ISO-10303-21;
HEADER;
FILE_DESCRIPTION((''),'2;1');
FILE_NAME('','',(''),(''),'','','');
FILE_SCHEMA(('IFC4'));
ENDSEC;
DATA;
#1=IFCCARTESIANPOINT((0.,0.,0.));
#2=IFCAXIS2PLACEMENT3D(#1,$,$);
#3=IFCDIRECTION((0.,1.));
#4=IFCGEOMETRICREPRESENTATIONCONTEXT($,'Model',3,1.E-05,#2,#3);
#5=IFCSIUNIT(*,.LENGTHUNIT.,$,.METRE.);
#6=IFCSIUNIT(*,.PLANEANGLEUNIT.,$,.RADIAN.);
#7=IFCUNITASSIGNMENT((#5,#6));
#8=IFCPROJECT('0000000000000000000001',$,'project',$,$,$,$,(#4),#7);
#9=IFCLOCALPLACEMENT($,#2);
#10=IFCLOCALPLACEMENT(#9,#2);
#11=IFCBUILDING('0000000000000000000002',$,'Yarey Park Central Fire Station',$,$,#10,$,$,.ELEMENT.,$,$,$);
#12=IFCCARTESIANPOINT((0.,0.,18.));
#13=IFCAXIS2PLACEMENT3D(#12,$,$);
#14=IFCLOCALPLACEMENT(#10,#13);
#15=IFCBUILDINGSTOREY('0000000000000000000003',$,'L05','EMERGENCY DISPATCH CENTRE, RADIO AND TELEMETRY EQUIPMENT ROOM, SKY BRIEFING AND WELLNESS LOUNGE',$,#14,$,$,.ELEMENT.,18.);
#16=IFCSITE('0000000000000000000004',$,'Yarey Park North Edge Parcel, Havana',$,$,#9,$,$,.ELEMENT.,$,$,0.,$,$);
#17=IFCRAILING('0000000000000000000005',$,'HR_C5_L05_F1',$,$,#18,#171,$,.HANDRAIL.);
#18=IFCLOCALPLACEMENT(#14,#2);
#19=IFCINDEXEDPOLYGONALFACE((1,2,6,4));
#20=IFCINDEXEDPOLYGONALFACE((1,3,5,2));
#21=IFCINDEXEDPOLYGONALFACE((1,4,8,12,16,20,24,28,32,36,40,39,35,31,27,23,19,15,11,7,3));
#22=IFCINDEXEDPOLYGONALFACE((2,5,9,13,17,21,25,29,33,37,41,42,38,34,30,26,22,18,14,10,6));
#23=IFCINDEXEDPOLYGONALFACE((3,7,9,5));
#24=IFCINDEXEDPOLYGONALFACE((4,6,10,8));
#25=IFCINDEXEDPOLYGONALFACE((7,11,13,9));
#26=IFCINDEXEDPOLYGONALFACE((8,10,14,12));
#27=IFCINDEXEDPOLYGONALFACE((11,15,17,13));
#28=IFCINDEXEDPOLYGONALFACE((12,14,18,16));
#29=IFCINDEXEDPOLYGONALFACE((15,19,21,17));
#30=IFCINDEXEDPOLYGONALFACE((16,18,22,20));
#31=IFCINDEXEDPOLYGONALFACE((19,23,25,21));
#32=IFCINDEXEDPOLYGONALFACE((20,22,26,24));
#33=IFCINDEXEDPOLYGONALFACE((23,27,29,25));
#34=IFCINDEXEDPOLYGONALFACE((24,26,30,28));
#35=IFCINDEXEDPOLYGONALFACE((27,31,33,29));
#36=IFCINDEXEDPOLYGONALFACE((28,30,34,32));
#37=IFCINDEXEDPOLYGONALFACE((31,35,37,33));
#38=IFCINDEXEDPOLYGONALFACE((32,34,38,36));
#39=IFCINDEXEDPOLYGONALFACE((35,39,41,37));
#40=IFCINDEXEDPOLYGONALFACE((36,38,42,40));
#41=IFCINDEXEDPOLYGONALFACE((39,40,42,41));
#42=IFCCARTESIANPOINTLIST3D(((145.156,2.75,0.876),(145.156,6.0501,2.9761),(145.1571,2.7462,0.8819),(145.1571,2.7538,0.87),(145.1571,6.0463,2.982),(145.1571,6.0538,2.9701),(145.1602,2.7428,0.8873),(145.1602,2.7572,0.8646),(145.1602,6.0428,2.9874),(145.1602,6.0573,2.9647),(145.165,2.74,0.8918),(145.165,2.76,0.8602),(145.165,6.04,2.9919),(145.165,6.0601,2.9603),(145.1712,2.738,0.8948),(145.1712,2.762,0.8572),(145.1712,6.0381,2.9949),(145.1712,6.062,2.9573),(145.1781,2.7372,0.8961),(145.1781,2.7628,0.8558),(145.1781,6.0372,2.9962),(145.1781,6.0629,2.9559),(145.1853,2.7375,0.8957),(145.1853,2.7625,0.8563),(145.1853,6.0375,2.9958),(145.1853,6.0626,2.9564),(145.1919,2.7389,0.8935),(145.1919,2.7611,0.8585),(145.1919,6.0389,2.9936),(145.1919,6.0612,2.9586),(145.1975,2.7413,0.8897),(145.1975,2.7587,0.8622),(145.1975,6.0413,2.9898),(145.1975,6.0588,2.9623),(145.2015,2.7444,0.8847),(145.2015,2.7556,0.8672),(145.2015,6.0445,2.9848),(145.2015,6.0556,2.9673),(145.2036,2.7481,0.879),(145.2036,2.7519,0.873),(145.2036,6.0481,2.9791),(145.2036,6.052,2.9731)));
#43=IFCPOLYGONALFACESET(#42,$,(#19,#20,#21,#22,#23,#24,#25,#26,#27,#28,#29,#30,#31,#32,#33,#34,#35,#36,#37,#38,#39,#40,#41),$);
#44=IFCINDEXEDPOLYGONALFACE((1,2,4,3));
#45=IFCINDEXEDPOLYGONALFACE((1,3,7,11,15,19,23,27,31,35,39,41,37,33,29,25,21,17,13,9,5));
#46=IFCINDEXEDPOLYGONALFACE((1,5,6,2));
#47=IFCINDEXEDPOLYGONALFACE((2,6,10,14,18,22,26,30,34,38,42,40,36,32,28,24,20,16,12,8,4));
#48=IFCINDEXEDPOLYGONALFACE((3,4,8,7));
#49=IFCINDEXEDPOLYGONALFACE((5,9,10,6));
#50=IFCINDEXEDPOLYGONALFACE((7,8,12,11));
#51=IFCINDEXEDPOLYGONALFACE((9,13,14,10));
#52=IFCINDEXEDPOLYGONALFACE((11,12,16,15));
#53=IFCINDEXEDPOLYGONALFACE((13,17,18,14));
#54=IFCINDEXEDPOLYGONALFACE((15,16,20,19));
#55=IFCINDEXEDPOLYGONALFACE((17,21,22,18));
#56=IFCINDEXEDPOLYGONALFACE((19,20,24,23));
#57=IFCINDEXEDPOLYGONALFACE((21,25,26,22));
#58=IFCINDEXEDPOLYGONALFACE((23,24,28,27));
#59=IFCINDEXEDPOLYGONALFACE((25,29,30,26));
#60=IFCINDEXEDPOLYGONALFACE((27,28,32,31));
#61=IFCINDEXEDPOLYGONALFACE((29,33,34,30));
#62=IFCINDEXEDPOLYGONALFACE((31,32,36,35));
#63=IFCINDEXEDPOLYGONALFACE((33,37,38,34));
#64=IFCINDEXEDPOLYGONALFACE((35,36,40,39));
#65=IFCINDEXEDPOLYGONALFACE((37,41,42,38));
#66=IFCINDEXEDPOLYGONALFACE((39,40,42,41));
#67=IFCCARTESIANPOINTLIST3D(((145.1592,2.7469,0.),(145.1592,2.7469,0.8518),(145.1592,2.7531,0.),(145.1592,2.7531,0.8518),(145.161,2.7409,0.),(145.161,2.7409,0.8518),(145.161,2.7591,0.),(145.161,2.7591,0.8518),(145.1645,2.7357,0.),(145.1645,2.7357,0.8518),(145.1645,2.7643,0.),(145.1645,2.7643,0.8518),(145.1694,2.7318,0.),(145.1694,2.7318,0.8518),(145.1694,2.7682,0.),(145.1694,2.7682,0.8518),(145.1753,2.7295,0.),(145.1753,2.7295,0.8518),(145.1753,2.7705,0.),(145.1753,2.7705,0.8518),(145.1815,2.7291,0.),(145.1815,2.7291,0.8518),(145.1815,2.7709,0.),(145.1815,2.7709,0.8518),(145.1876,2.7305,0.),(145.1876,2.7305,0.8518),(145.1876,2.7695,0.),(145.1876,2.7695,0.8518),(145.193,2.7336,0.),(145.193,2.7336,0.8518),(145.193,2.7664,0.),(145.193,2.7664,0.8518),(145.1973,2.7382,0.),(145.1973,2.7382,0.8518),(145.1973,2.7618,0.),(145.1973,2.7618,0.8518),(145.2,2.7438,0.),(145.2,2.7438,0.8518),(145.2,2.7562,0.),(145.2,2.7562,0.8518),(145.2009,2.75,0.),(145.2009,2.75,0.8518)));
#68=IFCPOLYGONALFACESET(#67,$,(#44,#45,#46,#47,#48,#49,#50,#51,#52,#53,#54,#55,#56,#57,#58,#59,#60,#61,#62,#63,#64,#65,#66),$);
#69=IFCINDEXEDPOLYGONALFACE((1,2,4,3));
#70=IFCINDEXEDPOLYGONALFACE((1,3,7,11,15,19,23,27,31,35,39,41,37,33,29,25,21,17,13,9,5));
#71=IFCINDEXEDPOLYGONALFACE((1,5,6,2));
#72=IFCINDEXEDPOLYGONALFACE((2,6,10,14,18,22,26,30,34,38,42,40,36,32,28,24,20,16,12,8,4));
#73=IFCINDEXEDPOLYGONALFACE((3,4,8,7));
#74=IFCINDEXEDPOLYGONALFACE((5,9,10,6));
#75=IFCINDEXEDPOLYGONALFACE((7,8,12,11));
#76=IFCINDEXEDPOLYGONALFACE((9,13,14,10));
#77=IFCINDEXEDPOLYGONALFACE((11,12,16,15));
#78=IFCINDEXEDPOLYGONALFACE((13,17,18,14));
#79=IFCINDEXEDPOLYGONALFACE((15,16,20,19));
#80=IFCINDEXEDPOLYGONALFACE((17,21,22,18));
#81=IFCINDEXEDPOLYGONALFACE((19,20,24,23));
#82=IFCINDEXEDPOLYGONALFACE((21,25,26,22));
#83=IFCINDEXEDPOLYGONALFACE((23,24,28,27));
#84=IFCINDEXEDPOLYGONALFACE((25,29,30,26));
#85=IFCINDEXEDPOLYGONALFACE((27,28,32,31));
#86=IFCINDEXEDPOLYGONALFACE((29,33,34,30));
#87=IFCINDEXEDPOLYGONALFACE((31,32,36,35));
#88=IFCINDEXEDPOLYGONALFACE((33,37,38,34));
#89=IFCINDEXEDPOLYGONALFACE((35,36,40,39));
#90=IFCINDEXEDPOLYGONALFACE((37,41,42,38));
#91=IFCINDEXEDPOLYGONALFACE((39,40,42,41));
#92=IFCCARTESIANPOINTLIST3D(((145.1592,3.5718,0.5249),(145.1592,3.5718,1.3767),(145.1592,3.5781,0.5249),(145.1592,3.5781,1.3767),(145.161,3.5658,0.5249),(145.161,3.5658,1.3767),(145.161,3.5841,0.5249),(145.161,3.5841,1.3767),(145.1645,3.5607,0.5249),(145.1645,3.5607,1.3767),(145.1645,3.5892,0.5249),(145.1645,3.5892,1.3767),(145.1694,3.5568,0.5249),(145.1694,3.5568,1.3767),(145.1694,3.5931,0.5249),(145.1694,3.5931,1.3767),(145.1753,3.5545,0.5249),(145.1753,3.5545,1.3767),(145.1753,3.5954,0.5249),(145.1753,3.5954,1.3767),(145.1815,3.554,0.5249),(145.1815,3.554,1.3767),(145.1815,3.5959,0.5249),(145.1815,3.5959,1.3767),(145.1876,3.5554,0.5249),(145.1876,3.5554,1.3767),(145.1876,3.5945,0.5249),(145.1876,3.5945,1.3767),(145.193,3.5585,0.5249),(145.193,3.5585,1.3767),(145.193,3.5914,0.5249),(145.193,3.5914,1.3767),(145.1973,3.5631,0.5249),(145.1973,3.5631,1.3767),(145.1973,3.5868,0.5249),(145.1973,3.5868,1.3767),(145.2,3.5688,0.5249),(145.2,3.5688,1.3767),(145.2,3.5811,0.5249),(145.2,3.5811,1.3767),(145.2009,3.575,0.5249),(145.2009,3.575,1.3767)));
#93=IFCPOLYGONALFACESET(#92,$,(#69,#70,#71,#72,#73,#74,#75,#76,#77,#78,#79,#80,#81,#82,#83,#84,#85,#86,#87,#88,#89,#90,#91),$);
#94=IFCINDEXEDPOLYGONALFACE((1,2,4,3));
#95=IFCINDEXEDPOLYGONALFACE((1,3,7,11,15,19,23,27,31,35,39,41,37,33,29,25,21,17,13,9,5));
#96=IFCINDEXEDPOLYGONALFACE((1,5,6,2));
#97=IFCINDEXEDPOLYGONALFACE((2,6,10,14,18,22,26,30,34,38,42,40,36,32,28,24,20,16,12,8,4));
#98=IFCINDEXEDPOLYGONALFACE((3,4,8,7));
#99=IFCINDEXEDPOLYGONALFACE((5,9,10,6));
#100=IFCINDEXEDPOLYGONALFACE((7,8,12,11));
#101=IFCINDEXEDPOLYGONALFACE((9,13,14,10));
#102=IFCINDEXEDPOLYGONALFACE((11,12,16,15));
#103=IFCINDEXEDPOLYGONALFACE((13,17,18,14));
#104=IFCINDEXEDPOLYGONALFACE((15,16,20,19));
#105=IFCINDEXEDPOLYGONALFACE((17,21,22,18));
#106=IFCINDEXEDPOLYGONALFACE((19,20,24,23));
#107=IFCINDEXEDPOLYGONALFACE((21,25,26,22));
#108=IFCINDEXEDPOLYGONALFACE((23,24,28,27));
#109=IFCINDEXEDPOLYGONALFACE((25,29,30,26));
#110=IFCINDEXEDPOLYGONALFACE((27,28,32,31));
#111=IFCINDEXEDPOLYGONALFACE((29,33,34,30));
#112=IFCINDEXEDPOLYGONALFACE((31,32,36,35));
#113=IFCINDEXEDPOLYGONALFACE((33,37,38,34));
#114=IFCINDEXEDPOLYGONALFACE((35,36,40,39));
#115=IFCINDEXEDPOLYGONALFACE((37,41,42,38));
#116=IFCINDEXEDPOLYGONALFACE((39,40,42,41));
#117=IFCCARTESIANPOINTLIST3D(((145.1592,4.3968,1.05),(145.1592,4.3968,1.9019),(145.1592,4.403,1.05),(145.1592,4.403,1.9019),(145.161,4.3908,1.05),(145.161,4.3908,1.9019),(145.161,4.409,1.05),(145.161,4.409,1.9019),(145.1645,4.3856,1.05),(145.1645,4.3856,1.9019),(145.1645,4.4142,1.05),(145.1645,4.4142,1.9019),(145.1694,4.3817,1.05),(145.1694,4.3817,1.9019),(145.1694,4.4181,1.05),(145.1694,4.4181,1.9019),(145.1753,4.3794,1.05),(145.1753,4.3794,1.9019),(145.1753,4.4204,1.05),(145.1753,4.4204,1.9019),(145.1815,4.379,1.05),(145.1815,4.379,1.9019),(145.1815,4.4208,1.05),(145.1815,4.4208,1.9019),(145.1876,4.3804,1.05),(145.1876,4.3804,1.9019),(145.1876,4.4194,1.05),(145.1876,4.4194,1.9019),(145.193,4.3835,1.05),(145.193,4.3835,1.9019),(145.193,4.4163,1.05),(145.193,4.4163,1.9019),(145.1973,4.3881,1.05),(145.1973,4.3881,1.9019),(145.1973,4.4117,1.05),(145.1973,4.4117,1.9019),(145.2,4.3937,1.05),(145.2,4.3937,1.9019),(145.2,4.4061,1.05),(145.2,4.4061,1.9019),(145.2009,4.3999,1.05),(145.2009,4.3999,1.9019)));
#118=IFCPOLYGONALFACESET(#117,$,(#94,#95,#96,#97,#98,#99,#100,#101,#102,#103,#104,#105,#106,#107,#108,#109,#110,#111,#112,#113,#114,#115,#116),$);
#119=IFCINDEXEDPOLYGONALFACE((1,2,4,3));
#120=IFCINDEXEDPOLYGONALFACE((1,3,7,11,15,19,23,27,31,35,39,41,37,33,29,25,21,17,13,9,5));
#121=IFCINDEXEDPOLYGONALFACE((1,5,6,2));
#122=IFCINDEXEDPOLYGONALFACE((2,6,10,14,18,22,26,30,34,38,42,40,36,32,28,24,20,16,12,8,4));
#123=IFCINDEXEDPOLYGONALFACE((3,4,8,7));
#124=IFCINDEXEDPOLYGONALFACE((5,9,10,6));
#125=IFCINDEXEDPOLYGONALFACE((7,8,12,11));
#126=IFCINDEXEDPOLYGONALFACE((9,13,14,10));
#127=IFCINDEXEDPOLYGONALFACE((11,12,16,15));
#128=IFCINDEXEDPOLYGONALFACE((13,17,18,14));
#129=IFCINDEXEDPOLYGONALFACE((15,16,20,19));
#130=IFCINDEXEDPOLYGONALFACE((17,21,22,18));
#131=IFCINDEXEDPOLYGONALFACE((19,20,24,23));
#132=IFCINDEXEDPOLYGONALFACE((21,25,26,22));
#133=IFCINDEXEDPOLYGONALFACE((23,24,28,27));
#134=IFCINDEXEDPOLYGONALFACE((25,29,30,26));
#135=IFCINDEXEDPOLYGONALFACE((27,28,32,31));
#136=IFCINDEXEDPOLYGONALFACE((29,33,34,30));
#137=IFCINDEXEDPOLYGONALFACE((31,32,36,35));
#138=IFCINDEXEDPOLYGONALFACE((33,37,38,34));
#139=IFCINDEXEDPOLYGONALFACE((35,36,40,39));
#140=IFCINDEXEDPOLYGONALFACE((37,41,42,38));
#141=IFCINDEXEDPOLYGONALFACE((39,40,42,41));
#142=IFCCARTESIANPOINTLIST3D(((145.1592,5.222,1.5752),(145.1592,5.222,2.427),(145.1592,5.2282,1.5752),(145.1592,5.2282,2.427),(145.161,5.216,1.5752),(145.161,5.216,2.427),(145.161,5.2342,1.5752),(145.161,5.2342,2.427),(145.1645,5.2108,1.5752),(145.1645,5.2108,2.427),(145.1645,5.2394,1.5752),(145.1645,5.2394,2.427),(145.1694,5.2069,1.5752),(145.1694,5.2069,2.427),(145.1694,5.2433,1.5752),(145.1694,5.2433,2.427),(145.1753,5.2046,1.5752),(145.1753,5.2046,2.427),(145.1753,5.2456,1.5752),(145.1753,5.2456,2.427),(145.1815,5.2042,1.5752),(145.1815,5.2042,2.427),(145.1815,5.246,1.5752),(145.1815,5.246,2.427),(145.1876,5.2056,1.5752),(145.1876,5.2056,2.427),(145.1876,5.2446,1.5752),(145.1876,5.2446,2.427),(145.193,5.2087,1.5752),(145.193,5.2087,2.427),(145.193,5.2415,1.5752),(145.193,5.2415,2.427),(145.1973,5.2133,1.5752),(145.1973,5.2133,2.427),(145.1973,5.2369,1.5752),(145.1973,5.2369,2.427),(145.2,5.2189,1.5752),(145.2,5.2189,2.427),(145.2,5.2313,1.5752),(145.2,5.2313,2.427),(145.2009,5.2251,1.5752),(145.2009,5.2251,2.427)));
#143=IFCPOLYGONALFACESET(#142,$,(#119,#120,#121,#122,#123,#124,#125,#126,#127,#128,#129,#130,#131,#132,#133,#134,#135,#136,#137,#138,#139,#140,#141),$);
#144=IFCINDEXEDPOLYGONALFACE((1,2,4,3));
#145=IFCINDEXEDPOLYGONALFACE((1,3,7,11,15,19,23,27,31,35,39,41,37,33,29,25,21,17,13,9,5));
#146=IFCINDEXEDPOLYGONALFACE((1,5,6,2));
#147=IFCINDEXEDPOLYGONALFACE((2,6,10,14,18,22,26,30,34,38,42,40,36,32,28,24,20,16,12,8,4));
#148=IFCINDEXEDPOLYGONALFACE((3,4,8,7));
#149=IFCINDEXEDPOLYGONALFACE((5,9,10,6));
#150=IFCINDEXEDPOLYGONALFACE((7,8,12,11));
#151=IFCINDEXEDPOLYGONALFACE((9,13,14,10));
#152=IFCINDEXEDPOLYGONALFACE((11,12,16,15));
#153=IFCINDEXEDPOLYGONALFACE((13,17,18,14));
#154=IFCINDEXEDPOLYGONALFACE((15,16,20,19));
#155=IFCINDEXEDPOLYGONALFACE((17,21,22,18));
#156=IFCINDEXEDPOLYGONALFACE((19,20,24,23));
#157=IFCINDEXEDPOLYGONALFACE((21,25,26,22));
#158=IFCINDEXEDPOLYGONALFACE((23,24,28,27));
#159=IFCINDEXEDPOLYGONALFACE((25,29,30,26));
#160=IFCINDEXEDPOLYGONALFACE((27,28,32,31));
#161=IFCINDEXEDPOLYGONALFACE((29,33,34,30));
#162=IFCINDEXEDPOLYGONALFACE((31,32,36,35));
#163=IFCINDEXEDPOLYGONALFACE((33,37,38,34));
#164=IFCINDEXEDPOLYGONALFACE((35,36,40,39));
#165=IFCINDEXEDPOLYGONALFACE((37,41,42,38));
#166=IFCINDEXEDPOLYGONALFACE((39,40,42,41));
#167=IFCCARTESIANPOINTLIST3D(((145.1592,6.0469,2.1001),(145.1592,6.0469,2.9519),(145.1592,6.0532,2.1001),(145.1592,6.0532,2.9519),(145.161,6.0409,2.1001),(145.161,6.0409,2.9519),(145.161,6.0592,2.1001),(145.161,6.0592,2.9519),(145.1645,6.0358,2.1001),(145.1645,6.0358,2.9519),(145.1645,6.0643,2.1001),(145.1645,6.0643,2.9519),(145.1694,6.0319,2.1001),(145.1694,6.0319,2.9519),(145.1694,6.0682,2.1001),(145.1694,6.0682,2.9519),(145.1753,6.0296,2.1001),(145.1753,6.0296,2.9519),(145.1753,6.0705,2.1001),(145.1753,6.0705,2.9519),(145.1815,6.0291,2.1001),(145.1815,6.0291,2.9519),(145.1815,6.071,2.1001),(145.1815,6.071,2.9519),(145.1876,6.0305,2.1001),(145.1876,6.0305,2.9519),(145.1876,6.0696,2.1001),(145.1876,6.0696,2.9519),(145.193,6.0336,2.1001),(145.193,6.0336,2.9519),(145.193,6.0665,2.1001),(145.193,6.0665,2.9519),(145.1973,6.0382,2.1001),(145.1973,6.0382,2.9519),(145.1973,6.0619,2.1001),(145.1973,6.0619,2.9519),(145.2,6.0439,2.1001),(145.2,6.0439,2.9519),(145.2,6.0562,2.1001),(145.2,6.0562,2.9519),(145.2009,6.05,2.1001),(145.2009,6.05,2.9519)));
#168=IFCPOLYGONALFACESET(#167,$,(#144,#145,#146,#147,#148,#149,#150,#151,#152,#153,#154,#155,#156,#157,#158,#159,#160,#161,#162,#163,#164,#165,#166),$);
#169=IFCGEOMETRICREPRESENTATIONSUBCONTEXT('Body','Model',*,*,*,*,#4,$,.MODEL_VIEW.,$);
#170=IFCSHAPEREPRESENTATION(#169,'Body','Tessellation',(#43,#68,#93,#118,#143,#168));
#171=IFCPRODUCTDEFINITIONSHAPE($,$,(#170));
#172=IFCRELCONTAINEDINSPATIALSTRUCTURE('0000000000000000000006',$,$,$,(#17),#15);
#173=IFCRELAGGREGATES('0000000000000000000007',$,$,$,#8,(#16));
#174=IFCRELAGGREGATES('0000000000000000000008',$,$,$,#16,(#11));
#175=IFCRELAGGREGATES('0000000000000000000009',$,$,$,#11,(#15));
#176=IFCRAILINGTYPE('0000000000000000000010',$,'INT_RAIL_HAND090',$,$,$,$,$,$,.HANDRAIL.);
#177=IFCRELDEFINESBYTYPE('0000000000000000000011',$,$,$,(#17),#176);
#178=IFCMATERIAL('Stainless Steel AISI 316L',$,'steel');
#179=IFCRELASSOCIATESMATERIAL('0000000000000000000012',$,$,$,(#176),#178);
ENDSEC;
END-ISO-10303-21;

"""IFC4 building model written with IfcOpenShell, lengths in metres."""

from ifc_helpers import new_model, si_unit, direction, frame, origin, origin_2d, place, context, subcontext, project, spatial, circle, extrude, material, type_object, element, save


model = new_model("IFC4")

# Units and contexts
model_context = context("Model", 3, precision=1e-05, world=origin(), true_north=direction((0.0, 1.0)))
body_context = subcontext(model_context, "Body", "Model", "MODEL_VIEW")
ifc_project = project(units=[si_unit("LENGTHUNIT", "METRE"), si_unit("PLANEANGLEUNIT", "RADIAN")], contexts=[model_context])

# Site, building, storey
site_placement = place(None, origin())
site = spatial("IfcSite", under=ifc_project, at=site_placement, Name="Yarey Park North Edge Parcel, Havana", CompositionType="ELEMENT", RefElevation=0.0)
building_placement = place(site_placement, origin())
building = spatial("IfcBuilding", under=site, at=building_placement, Name="Yarey Park Central Fire Station", CompositionType="ELEMENT")
storey_placement = place(building_placement, frame((0.0, 0.0, 18.0)))
storey = spatial("IfcBuildingStorey", under=building, at=storey_placement, Name="L05", Description="EMERGENCY DISPATCH CENTRE, RADIO AND TELEMETRY EQUIPMENT ROOM, SKY BRIEFING AND WELLNESS LOUNGE", CompositionType="ELEMENT", Elevation=18.0)

# Railing
ifc_material_1 = material(Name="Stainless Steel AISI 316L", Category="steel")
railing_type_1 = type_object("IfcRailingType", Name="INT_RAIL_HAND090", PredefinedType="HANDRAIL", material=ifc_material_1)
railing_1_placement = place(storey_placement, frame((145.1799, 2.75, 0.0)))
element("IfcRailing", 1, at=railing_1_placement, inside=storey, type_object=railing_type_1, Name="HR_C5_L05_F1", PredefinedType="HANDRAIL", context=body_context, shape_type="SweptSolid", body=[
    extrude(circle(Radius=0.0239, at=origin_2d()), frame((0.0, 0.0, 0.876), z_axis=(0.0, 0.843654, 0.536888), x_axis=(-1.0, 0.0, 0.0)), (0.0, 0.0, 1.0), 3.9116),
    extrude(circle(Radius=0.021, at=origin_2d()), origin(), (0.0, 0.0, 1.0), 0.8518),
    extrude(circle(Radius=0.021, at=origin_2d()), frame((0.0, 0.825, 0.5249)), (0.0, 0.0, 1.0), 0.8518),
    extrude(circle(Radius=0.021, at=origin_2d()), frame((0.0, 1.6499, 1.05)), (0.0, 0.0, 1.0), 0.8518),
    extrude(circle(Radius=0.021, at=origin_2d()), frame((0.0, 2.4751, 1.5752)), (0.0, 0.0, 1.0), 0.8518),
    extrude(circle(Radius=0.021, at=origin_2d()), frame((0.0, 3.3, 2.1001)), (0.0, 0.0, 1.0), 0.8518),
])

save(model, "model.ifc")
